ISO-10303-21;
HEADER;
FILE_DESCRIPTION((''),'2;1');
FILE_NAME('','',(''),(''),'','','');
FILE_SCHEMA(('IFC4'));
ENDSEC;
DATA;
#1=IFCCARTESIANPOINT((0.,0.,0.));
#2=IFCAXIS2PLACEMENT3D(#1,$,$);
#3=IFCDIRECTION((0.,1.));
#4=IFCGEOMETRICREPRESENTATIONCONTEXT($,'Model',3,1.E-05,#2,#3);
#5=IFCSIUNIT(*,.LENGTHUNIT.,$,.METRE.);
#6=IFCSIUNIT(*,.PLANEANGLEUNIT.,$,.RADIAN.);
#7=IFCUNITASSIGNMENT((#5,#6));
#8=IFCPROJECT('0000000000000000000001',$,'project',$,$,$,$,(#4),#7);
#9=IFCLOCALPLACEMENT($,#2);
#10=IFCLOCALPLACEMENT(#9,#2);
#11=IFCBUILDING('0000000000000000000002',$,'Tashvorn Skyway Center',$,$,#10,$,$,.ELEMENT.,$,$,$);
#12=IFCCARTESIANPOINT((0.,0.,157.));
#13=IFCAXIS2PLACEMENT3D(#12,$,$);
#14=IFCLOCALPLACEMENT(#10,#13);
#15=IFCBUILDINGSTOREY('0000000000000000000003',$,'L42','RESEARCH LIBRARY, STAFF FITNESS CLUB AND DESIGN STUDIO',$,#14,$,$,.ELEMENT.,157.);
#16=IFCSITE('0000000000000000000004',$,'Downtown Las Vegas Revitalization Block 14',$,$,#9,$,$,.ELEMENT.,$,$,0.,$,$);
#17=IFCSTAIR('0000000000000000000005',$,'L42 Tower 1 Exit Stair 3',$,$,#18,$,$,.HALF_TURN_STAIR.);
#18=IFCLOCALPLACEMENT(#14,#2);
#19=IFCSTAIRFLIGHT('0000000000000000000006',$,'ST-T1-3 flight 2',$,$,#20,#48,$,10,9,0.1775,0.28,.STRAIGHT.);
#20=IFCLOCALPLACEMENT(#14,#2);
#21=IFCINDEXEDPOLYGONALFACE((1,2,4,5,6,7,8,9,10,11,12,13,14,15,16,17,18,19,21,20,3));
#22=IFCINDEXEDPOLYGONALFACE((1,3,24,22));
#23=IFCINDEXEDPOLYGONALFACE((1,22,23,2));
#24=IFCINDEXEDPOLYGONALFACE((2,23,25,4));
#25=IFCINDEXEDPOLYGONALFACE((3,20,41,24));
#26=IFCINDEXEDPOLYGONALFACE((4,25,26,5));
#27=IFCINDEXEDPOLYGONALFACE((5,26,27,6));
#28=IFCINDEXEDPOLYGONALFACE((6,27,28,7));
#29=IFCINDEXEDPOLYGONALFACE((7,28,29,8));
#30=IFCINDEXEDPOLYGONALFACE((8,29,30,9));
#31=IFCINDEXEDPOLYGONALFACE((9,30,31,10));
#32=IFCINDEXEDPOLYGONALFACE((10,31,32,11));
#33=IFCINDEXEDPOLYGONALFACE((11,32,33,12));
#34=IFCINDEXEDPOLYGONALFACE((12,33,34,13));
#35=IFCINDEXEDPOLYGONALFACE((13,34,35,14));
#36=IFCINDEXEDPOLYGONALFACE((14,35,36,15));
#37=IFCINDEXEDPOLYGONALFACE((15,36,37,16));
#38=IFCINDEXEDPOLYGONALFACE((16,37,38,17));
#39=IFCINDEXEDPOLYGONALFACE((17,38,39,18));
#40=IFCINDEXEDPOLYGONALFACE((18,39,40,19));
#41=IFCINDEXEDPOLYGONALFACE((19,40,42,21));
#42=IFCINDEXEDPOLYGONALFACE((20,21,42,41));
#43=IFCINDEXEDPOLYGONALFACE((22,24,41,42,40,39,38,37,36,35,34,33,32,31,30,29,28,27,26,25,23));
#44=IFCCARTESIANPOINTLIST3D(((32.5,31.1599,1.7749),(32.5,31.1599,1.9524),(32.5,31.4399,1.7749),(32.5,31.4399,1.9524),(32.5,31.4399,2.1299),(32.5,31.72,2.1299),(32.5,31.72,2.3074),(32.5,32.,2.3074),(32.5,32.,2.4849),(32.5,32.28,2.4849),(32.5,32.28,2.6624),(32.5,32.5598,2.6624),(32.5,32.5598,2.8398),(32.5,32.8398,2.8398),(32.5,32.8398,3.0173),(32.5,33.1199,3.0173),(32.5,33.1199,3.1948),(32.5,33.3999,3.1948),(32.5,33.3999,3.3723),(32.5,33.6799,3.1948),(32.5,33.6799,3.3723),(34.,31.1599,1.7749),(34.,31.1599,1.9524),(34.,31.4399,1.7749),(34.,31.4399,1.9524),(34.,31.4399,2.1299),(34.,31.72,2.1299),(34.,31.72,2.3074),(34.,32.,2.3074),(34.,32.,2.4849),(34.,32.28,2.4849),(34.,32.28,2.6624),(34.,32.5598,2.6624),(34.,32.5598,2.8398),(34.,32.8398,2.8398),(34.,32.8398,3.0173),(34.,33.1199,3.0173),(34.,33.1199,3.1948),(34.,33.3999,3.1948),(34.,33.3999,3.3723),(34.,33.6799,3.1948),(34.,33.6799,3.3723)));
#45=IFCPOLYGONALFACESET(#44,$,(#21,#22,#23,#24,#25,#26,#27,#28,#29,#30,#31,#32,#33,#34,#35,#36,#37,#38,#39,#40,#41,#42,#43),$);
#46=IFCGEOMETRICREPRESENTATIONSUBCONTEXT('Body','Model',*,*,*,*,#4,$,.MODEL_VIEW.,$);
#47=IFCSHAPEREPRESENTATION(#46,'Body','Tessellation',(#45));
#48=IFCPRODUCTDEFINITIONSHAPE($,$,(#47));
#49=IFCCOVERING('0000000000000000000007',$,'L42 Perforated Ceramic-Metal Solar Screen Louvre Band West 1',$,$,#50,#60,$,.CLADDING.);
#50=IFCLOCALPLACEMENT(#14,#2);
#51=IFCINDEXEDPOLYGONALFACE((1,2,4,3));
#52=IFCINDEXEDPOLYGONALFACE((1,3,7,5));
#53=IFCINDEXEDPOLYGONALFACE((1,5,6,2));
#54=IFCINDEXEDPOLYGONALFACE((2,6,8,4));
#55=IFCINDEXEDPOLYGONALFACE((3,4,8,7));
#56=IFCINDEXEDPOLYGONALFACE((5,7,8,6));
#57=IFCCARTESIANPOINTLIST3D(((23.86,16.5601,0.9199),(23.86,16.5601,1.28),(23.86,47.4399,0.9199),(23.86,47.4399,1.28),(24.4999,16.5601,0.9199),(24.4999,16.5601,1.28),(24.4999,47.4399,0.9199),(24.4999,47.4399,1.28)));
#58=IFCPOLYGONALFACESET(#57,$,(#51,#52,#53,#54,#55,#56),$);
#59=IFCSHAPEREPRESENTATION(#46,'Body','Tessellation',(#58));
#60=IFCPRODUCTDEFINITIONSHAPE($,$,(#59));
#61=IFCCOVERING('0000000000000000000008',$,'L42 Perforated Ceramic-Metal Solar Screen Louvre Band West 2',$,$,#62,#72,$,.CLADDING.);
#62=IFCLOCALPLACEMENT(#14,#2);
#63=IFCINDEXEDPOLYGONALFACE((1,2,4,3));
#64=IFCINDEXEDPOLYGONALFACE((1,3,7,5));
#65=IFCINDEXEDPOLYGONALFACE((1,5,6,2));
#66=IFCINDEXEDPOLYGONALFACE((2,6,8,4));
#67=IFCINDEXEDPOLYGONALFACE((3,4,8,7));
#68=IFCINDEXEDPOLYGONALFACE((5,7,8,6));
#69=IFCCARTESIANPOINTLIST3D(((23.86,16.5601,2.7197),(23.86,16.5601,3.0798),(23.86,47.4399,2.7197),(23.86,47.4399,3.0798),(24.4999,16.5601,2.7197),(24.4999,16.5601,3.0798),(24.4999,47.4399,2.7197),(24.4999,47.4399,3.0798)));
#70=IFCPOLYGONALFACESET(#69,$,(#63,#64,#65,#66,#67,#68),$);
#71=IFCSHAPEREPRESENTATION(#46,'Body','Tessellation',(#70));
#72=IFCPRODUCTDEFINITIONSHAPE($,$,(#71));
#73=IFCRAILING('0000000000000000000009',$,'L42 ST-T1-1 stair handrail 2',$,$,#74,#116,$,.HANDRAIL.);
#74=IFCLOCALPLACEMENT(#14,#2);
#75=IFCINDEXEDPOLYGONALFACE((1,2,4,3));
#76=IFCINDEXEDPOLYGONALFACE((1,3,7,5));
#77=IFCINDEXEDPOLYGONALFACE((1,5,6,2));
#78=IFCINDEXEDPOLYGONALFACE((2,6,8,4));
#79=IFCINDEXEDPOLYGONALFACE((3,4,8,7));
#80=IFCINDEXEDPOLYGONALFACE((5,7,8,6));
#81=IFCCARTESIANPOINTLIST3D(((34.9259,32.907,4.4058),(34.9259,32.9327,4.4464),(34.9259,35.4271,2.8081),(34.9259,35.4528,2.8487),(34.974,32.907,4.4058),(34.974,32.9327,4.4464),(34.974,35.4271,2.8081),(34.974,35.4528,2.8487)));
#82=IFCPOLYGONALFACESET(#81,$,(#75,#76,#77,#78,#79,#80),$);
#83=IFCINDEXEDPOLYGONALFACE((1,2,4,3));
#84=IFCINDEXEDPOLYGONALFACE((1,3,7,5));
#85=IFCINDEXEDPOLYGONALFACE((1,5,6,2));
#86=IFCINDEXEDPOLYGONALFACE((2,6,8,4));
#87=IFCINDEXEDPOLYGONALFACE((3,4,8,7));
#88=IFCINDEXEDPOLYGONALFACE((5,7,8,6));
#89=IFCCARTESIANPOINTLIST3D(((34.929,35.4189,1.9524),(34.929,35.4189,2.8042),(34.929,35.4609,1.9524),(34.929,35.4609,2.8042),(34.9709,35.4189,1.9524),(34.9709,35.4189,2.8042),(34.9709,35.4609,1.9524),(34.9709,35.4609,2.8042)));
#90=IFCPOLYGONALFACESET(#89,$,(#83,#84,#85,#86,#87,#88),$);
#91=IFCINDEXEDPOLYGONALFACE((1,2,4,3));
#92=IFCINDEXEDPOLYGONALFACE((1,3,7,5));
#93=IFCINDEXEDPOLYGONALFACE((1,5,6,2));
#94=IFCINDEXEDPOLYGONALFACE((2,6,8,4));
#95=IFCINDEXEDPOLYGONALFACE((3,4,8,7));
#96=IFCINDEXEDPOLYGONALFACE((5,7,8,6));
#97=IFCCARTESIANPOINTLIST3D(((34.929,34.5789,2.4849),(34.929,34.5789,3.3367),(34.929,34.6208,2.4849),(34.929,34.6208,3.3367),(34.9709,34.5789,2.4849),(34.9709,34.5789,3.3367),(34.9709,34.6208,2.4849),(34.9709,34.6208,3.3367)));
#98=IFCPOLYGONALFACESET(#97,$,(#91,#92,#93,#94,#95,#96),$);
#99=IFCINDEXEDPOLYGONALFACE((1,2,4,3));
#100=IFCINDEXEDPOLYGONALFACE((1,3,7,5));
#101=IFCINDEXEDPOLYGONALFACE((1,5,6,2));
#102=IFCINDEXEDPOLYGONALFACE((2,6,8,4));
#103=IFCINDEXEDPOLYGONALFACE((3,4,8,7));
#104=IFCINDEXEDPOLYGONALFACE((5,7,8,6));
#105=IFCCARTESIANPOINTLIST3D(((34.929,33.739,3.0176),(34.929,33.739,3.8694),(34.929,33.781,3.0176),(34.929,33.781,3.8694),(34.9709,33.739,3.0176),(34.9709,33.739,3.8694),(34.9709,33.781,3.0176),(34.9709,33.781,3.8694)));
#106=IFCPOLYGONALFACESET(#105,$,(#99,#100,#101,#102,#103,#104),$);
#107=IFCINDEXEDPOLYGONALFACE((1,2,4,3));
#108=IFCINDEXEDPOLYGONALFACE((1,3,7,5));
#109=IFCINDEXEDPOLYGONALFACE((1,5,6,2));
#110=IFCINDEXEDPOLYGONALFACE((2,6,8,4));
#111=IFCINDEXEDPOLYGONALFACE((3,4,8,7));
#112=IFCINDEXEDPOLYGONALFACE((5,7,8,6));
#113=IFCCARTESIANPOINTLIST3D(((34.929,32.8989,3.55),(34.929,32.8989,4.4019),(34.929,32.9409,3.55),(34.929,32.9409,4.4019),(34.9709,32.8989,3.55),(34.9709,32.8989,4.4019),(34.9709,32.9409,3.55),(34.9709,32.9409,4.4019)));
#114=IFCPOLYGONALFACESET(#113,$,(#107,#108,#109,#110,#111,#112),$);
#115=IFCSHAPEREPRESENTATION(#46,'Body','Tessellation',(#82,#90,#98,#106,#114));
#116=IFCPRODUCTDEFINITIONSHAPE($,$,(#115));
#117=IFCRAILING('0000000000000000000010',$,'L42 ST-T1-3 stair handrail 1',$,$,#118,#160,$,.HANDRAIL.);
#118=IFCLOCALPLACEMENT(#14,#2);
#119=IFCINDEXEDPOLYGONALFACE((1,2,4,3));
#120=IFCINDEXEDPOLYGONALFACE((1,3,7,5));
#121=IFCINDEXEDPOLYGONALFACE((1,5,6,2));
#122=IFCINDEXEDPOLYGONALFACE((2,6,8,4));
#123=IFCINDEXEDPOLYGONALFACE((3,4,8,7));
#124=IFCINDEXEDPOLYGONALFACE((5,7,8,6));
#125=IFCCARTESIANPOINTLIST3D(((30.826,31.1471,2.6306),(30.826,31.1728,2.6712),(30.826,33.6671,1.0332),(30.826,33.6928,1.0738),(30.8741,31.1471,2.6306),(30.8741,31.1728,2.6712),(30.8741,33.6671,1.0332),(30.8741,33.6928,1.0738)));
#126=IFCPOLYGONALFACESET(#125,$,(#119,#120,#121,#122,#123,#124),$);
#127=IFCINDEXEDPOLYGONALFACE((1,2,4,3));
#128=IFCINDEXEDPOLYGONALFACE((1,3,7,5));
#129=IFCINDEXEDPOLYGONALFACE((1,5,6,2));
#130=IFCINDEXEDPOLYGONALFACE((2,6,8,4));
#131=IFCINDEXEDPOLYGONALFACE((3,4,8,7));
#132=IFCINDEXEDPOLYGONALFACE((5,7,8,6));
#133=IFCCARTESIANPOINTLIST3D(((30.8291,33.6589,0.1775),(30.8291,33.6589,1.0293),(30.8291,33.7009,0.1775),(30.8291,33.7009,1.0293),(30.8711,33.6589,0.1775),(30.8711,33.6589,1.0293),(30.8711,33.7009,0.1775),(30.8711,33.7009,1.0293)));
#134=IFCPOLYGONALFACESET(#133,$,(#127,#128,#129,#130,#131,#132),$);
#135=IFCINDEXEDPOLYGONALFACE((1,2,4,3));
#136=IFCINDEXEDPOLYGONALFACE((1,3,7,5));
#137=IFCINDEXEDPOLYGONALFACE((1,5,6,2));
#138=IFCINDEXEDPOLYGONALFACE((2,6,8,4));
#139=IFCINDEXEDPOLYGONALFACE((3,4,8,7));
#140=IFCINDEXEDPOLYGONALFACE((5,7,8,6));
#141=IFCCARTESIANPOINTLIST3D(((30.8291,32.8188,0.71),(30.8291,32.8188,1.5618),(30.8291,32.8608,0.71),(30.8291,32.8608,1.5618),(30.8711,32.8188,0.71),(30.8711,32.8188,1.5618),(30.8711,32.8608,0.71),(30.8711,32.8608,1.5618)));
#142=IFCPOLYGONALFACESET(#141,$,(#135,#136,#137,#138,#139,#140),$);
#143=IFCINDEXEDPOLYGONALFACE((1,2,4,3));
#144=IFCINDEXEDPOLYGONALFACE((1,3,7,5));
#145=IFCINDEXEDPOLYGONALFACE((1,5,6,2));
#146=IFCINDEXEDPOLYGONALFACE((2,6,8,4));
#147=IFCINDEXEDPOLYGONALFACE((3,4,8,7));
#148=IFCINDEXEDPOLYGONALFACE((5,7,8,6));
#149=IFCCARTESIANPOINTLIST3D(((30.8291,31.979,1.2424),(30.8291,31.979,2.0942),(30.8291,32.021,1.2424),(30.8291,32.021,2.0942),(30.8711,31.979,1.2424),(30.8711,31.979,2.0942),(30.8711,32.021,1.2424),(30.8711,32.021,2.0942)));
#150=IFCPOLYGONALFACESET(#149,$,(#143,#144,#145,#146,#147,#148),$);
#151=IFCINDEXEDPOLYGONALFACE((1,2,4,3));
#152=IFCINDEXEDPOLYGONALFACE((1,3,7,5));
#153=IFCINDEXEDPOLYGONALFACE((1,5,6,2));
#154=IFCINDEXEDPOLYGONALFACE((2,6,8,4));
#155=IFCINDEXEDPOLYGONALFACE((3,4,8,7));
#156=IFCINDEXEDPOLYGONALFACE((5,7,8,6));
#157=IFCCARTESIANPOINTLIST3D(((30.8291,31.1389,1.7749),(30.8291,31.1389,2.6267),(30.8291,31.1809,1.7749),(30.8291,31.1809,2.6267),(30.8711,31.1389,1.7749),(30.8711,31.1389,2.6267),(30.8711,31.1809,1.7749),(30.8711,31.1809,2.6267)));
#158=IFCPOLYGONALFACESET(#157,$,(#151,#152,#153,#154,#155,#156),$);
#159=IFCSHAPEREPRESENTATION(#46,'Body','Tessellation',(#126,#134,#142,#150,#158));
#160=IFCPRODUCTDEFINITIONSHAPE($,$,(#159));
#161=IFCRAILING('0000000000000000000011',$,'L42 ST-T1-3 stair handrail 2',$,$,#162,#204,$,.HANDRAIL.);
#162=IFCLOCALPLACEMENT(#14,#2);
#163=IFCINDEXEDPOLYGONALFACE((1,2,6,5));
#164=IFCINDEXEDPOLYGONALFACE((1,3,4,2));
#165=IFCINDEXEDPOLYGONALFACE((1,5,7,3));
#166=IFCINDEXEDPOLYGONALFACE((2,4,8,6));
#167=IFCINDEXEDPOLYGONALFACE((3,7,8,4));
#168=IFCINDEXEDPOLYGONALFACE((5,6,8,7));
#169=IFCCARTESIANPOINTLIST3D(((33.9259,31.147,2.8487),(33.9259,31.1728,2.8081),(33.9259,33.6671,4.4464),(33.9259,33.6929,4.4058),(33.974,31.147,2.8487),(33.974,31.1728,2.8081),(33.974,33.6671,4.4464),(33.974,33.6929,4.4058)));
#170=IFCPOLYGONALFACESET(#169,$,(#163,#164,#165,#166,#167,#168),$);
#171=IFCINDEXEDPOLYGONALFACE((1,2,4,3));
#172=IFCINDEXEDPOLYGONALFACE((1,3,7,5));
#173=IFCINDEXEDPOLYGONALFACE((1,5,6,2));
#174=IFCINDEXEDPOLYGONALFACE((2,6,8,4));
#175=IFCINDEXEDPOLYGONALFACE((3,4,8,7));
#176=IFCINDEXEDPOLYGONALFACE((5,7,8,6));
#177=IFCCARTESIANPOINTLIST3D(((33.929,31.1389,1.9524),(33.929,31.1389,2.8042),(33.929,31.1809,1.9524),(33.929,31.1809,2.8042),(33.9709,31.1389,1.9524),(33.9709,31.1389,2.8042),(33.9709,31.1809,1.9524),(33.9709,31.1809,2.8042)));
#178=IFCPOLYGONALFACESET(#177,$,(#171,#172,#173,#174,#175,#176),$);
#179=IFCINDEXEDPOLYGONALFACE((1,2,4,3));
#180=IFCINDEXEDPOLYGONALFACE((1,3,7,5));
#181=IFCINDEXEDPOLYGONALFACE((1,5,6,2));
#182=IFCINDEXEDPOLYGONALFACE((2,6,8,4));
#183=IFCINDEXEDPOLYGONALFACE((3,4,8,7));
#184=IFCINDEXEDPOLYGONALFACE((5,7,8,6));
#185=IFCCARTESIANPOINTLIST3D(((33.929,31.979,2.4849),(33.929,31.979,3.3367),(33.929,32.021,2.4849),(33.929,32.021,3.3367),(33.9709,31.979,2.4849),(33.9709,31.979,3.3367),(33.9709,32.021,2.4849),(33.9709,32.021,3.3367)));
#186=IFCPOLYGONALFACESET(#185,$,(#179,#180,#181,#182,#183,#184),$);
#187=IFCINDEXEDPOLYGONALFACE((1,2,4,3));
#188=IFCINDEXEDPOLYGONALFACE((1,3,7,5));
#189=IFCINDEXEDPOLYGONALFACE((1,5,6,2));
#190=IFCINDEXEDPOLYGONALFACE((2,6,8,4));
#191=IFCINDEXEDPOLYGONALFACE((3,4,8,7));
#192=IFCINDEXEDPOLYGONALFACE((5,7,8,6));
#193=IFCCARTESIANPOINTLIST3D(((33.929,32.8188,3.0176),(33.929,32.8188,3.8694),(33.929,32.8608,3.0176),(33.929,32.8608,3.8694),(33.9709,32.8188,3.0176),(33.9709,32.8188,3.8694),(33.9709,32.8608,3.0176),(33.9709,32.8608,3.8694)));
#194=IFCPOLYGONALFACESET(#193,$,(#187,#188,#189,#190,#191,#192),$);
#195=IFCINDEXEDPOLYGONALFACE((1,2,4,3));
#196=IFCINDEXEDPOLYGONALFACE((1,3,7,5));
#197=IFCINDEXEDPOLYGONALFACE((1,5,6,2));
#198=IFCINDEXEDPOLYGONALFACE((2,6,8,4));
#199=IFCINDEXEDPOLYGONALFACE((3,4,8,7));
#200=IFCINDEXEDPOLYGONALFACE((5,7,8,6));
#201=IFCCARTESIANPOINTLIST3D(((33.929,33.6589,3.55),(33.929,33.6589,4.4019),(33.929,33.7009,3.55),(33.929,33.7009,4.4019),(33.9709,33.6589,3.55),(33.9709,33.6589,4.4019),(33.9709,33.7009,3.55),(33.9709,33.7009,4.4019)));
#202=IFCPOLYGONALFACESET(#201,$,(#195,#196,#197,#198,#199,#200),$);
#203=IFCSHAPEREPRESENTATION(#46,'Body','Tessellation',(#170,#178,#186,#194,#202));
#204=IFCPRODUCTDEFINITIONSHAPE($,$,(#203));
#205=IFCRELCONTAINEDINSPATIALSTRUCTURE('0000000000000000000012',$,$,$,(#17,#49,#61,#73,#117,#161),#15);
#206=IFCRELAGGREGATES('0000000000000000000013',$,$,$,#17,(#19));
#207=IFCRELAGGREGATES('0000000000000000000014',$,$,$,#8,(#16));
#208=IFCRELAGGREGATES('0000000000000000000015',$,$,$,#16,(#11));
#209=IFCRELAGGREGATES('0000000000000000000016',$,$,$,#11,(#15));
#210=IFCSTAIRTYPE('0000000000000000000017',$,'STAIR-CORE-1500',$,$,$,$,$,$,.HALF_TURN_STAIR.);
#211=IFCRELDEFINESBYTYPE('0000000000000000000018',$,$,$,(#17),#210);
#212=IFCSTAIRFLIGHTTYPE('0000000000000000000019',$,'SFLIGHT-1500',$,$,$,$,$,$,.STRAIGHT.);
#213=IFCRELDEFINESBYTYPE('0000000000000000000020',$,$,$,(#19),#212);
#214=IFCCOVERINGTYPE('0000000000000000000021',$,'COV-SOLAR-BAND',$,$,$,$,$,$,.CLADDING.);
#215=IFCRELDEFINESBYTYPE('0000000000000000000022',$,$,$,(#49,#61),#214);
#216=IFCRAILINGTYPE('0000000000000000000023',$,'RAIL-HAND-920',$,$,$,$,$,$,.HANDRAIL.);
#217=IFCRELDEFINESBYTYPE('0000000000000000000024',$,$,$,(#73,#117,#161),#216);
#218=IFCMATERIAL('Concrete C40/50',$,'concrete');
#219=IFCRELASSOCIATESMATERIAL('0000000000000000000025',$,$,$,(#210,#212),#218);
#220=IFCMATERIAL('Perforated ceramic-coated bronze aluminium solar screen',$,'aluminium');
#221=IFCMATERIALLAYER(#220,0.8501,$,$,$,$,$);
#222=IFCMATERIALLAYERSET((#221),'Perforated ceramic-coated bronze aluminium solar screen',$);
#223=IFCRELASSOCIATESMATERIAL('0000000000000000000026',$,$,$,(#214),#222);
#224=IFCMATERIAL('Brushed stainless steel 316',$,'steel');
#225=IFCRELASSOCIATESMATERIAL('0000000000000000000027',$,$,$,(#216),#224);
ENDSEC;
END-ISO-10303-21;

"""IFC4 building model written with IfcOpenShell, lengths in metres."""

from ifc_helpers import new_model, si_unit, direction, frame, origin, origin_2d, place, context, subcontext, project, spatial, polyline, rectangle, outline, extrude, material, layer, layer_set, type_object, element, aggregate, save


model = new_model("IFC4")

# Units and contexts
model_context = context("Model", 3, precision=1e-05, world=origin(), true_north=direction((0.0, 1.0)))
body_context = subcontext(model_context, "Body", "Model", "MODEL_VIEW")
ifc_project = project(units=[si_unit("LENGTHUNIT", "METRE"), si_unit("PLANEANGLEUNIT", "RADIAN")], contexts=[model_context])

# Site, building, storey
site_placement = place(None, origin())
site = spatial("IfcSite", under=ifc_project, at=site_placement, Name="Downtown Las Vegas Revitalization Block 14", CompositionType="ELEMENT", RefElevation=0.0)
building_placement = place(site_placement, origin())
building = spatial("IfcBuilding", under=site, at=building_placement, Name="Tashvorn Skyway Center", CompositionType="ELEMENT")
storey_placement = place(building_placement, frame((0.0, 0.0, 157.0)))
storey = spatial("IfcBuildingStorey", under=building, at=storey_placement, Name="L42", Description="RESEARCH LIBRARY, STAFF FITNESS CLUB AND DESIGN STUDIO", CompositionType="ELEMENT", Elevation=157.0)

# Shared definitions
ifc_material_1 = material(Name="Concrete C40/50", Category="concrete")

# Shared definitions
stair_type = type_object("IfcStairType", Name="STAIR-CORE-1500", PredefinedType="HALF_TURN_STAIR", material=ifc_material_1)
stair_flight_type = type_object("IfcStairFlightType", Name="SFLIGHT-1500", PredefinedType="STRAIGHT", material=ifc_material_1)

# Stair, stair flight
stair_1_placement = place(storey_placement, origin())
stair_1 = element("IfcStair", 1, at=stair_1_placement, inside=storey, type_object=stair_type, Name="L42 Tower 1 Exit Stair 3", PredefinedType="HALF_TURN_STAIR")
stair_flight_1_placement = place(storey_placement, frame((33.25, 31.1599, 1.7749), z_axis=(0.0, 0.0, 1.0), x_axis=(0.0, 1.0, 0.0)))
stair_flight_1 = element("IfcStairFlight", 2, at=stair_flight_1_placement, type_object=stair_flight_type, Name="ST-T1-3 flight 2", NumberOfRisers=10, NumberOfTreads=9, PredefinedType="STRAIGHT", RiserHeight=0.1775, TreadLength=0.28, context=body_context, shape_type="SweptSolid", body=[
    extrude(outline(polyline([(0.0, 0.0), (0.0, 0.1775), (0.28, 0.1775), (0.28, 0.355), (0.5601, 0.355), (0.5601, 0.5325), (0.8401, 0.5325), (0.8401, 0.71), (1.1201, 0.71), (1.1201, 0.8875), (1.3999, 0.8875), (1.3999, 1.0649), (1.6799, 1.0649), (1.6799, 1.2424), (1.96, 1.2424), (1.96, 1.4199), (2.24, 1.4199), (2.24, 1.5974), (2.52, 1.5974), (2.52, 1.7749), (2.52, 1.4199), (0.28, 0.0), (0.0, 0.0)])), frame((0.0, 0.75, 0.0), z_axis=(0.0, -1.0, 0.0), x_axis=(1.0, 0.0, 0.0)), (0.0, 0.0, 1.0), 1.5),
])
aggregate(stair_1, [stair_flight_1])

# Coverings
ifc_material_2 = material(Name="Perforated ceramic-coated bronze aluminium solar screen", Category="aluminium")
ifc_layer_1 = layer(ifc_material_2, 0.8501)
ifc_layer_set_1 = layer_set([ifc_layer_1], Name="Perforated ceramic-coated bronze aluminium solar screen")
covering_type = type_object("IfcCoveringType", Name="COV-SOLAR-BAND", PredefinedType="CLADDING", material=ifc_layer_set_1)
for number, where, z_axis, x_axis, name in (
    (3, (24.1799, 32.0, 0.9199), (0.0, 0.0, 1.0), (0.0, 1.0, 0.0), "L42 Perforated Ceramic-Metal Solar Screen Louvre Band West 1"),
    (4, (24.1799, 32.0, 2.7197), (0.0, 0.0, 1.0), (0.0, 1.0, 0.0), "L42 Perforated Ceramic-Metal Solar Screen Louvre Band West 2"),
):
    element("IfcCovering", number, at=place(storey_placement, frame(where, z_axis=z_axis, x_axis=x_axis)), inside=storey, type_object=covering_type, Name=name, PredefinedType="CLADDING", context=body_context, shape_type="SweptSolid", body=[
        extrude(rectangle(XDim=30.8799, YDim=0.6399, at=origin_2d()), origin(), (0.0, 0.0, 1.0), 0.3601),
    ])

# Railings
ifc_material_3 = material(Name="Brushed stainless steel 316", Category="steel")
railing_type_1 = type_object("IfcRailingType", Name="RAIL-HAND-920", PredefinedType="HANDRAIL", material=ifc_material_3)
railing_1_placement = place(storey_placement, frame((34.95, 35.4399, 1.9524)))
element("IfcRailing", 5, at=railing_1_placement, inside=storey, type_object=railing_type_1, Name="L42 ST-T1-1 stair handrail 2", PredefinedType="HANDRAIL", context=body_context, shape_type="SweptSolid", body=[
    extrude(rectangle(XDim=0.0481, YDim=0.0481, at=origin_2d()), frame((0.0, 0.0, 0.876), z_axis=(0.0, -0.84457, 0.535445), x_axis=(1.0, 0.0, 0.0)), (0.0, 0.0, 1.0), 2.9839),
    extrude(rectangle(XDim=0.042, YDim=0.042, at=origin_2d()), origin(), (0.0, 0.0, 1.0), 0.8518),
    extrude(rectangle(XDim=0.042, YDim=0.042, at=origin_2d()), frame((0.0, -0.8401, 0.5325)), (0.0, 0.0, 1.0), 0.8518),
    extrude(rectangle(XDim=0.042, YDim=0.042, at=origin_2d()), frame((0.0, -1.6799, 1.0652)), (0.0, 0.0, 1.0), 0.8518),
    extrude(rectangle(XDim=0.042, YDim=0.042, at=origin_2d()), frame((0.0, -2.52, 1.5977)), (0.0, 0.0, 1.0), 0.8518),
])
railing_2_placement = place(storey_placement, frame((30.8501, 33.6799, 0.1775)))
element("IfcRailing", 6, at=railing_2_placement, inside=storey, type_object=railing_type_1, Name="L42 ST-T1-3 stair handrail 1", PredefinedType="HANDRAIL", context=body_context, shape_type="SweptSolid", body=[
    extrude(rectangle(XDim=0.0481, YDim=0.0481, at=origin_2d()), frame((0.0, 0.0, 0.876), z_axis=(0.0, -0.844607, 0.535387), x_axis=(1.0, 0.0, 0.0)), (0.0, 0.0, 1.0), 2.9836),
    extrude(rectangle(XDim=0.042, YDim=0.042, at=origin_2d()), origin(), (0.0, 0.0, 1.0), 0.8518),
    extrude(rectangle(XDim=0.042, YDim=0.042, at=origin_2d()), frame((0.0, -0.8401, 0.5325)), (0.0, 0.0, 1.0), 0.8518),
    extrude(rectangle(XDim=0.042, YDim=0.042, at=origin_2d()), frame((0.0, -1.6799, 1.0649)), (0.0, 0.0, 1.0), 0.8518),
    extrude(rectangle(XDim=0.042, YDim=0.042, at=origin_2d()), frame((0.0, -2.52, 1.5974)), (0.0, 0.0, 1.0), 0.8518),
])
railing_3_placement = place(storey_placement, frame((33.95, 31.1599, 1.9524)))
element("IfcRailing", 7, at=railing_3_placement, inside=storey, type_object=railing_type_1, Name="L42 ST-T1-3 stair handrail 2", PredefinedType="HANDRAIL", context=body_context, shape_type="SweptSolid", body=[
    extrude(rectangle(XDim=0.0481, YDim=0.0481, at=origin_2d()), frame((0.0, 0.0, 0.876), z_axis=(0.0, 0.84457, 0.535445), x_axis=(-1.0, 0.0, 0.0)), (0.0, 0.0, 1.0), 2.9839),
    extrude(rectangle(XDim=0.042, YDim=0.042, at=origin_2d()), origin(), (0.0, 0.0, 1.0), 0.8518),
    extrude(rectangle(XDim=0.042, YDim=0.042, at=origin_2d()), frame((0.0, 0.8401, 0.5325)), (0.0, 0.0, 1.0), 0.8518),
    extrude(rectangle(XDim=0.042, YDim=0.042, at=origin_2d()), frame((0.0, 1.6799, 1.0652)), (0.0, 0.0, 1.0), 0.8518),
    extrude(rectangle(XDim=0.042, YDim=0.042, at=origin_2d()), frame((0.0, 2.52, 1.5977)), (0.0, 0.0, 1.0), 0.8518),
])

save(model, "model.ifc")
